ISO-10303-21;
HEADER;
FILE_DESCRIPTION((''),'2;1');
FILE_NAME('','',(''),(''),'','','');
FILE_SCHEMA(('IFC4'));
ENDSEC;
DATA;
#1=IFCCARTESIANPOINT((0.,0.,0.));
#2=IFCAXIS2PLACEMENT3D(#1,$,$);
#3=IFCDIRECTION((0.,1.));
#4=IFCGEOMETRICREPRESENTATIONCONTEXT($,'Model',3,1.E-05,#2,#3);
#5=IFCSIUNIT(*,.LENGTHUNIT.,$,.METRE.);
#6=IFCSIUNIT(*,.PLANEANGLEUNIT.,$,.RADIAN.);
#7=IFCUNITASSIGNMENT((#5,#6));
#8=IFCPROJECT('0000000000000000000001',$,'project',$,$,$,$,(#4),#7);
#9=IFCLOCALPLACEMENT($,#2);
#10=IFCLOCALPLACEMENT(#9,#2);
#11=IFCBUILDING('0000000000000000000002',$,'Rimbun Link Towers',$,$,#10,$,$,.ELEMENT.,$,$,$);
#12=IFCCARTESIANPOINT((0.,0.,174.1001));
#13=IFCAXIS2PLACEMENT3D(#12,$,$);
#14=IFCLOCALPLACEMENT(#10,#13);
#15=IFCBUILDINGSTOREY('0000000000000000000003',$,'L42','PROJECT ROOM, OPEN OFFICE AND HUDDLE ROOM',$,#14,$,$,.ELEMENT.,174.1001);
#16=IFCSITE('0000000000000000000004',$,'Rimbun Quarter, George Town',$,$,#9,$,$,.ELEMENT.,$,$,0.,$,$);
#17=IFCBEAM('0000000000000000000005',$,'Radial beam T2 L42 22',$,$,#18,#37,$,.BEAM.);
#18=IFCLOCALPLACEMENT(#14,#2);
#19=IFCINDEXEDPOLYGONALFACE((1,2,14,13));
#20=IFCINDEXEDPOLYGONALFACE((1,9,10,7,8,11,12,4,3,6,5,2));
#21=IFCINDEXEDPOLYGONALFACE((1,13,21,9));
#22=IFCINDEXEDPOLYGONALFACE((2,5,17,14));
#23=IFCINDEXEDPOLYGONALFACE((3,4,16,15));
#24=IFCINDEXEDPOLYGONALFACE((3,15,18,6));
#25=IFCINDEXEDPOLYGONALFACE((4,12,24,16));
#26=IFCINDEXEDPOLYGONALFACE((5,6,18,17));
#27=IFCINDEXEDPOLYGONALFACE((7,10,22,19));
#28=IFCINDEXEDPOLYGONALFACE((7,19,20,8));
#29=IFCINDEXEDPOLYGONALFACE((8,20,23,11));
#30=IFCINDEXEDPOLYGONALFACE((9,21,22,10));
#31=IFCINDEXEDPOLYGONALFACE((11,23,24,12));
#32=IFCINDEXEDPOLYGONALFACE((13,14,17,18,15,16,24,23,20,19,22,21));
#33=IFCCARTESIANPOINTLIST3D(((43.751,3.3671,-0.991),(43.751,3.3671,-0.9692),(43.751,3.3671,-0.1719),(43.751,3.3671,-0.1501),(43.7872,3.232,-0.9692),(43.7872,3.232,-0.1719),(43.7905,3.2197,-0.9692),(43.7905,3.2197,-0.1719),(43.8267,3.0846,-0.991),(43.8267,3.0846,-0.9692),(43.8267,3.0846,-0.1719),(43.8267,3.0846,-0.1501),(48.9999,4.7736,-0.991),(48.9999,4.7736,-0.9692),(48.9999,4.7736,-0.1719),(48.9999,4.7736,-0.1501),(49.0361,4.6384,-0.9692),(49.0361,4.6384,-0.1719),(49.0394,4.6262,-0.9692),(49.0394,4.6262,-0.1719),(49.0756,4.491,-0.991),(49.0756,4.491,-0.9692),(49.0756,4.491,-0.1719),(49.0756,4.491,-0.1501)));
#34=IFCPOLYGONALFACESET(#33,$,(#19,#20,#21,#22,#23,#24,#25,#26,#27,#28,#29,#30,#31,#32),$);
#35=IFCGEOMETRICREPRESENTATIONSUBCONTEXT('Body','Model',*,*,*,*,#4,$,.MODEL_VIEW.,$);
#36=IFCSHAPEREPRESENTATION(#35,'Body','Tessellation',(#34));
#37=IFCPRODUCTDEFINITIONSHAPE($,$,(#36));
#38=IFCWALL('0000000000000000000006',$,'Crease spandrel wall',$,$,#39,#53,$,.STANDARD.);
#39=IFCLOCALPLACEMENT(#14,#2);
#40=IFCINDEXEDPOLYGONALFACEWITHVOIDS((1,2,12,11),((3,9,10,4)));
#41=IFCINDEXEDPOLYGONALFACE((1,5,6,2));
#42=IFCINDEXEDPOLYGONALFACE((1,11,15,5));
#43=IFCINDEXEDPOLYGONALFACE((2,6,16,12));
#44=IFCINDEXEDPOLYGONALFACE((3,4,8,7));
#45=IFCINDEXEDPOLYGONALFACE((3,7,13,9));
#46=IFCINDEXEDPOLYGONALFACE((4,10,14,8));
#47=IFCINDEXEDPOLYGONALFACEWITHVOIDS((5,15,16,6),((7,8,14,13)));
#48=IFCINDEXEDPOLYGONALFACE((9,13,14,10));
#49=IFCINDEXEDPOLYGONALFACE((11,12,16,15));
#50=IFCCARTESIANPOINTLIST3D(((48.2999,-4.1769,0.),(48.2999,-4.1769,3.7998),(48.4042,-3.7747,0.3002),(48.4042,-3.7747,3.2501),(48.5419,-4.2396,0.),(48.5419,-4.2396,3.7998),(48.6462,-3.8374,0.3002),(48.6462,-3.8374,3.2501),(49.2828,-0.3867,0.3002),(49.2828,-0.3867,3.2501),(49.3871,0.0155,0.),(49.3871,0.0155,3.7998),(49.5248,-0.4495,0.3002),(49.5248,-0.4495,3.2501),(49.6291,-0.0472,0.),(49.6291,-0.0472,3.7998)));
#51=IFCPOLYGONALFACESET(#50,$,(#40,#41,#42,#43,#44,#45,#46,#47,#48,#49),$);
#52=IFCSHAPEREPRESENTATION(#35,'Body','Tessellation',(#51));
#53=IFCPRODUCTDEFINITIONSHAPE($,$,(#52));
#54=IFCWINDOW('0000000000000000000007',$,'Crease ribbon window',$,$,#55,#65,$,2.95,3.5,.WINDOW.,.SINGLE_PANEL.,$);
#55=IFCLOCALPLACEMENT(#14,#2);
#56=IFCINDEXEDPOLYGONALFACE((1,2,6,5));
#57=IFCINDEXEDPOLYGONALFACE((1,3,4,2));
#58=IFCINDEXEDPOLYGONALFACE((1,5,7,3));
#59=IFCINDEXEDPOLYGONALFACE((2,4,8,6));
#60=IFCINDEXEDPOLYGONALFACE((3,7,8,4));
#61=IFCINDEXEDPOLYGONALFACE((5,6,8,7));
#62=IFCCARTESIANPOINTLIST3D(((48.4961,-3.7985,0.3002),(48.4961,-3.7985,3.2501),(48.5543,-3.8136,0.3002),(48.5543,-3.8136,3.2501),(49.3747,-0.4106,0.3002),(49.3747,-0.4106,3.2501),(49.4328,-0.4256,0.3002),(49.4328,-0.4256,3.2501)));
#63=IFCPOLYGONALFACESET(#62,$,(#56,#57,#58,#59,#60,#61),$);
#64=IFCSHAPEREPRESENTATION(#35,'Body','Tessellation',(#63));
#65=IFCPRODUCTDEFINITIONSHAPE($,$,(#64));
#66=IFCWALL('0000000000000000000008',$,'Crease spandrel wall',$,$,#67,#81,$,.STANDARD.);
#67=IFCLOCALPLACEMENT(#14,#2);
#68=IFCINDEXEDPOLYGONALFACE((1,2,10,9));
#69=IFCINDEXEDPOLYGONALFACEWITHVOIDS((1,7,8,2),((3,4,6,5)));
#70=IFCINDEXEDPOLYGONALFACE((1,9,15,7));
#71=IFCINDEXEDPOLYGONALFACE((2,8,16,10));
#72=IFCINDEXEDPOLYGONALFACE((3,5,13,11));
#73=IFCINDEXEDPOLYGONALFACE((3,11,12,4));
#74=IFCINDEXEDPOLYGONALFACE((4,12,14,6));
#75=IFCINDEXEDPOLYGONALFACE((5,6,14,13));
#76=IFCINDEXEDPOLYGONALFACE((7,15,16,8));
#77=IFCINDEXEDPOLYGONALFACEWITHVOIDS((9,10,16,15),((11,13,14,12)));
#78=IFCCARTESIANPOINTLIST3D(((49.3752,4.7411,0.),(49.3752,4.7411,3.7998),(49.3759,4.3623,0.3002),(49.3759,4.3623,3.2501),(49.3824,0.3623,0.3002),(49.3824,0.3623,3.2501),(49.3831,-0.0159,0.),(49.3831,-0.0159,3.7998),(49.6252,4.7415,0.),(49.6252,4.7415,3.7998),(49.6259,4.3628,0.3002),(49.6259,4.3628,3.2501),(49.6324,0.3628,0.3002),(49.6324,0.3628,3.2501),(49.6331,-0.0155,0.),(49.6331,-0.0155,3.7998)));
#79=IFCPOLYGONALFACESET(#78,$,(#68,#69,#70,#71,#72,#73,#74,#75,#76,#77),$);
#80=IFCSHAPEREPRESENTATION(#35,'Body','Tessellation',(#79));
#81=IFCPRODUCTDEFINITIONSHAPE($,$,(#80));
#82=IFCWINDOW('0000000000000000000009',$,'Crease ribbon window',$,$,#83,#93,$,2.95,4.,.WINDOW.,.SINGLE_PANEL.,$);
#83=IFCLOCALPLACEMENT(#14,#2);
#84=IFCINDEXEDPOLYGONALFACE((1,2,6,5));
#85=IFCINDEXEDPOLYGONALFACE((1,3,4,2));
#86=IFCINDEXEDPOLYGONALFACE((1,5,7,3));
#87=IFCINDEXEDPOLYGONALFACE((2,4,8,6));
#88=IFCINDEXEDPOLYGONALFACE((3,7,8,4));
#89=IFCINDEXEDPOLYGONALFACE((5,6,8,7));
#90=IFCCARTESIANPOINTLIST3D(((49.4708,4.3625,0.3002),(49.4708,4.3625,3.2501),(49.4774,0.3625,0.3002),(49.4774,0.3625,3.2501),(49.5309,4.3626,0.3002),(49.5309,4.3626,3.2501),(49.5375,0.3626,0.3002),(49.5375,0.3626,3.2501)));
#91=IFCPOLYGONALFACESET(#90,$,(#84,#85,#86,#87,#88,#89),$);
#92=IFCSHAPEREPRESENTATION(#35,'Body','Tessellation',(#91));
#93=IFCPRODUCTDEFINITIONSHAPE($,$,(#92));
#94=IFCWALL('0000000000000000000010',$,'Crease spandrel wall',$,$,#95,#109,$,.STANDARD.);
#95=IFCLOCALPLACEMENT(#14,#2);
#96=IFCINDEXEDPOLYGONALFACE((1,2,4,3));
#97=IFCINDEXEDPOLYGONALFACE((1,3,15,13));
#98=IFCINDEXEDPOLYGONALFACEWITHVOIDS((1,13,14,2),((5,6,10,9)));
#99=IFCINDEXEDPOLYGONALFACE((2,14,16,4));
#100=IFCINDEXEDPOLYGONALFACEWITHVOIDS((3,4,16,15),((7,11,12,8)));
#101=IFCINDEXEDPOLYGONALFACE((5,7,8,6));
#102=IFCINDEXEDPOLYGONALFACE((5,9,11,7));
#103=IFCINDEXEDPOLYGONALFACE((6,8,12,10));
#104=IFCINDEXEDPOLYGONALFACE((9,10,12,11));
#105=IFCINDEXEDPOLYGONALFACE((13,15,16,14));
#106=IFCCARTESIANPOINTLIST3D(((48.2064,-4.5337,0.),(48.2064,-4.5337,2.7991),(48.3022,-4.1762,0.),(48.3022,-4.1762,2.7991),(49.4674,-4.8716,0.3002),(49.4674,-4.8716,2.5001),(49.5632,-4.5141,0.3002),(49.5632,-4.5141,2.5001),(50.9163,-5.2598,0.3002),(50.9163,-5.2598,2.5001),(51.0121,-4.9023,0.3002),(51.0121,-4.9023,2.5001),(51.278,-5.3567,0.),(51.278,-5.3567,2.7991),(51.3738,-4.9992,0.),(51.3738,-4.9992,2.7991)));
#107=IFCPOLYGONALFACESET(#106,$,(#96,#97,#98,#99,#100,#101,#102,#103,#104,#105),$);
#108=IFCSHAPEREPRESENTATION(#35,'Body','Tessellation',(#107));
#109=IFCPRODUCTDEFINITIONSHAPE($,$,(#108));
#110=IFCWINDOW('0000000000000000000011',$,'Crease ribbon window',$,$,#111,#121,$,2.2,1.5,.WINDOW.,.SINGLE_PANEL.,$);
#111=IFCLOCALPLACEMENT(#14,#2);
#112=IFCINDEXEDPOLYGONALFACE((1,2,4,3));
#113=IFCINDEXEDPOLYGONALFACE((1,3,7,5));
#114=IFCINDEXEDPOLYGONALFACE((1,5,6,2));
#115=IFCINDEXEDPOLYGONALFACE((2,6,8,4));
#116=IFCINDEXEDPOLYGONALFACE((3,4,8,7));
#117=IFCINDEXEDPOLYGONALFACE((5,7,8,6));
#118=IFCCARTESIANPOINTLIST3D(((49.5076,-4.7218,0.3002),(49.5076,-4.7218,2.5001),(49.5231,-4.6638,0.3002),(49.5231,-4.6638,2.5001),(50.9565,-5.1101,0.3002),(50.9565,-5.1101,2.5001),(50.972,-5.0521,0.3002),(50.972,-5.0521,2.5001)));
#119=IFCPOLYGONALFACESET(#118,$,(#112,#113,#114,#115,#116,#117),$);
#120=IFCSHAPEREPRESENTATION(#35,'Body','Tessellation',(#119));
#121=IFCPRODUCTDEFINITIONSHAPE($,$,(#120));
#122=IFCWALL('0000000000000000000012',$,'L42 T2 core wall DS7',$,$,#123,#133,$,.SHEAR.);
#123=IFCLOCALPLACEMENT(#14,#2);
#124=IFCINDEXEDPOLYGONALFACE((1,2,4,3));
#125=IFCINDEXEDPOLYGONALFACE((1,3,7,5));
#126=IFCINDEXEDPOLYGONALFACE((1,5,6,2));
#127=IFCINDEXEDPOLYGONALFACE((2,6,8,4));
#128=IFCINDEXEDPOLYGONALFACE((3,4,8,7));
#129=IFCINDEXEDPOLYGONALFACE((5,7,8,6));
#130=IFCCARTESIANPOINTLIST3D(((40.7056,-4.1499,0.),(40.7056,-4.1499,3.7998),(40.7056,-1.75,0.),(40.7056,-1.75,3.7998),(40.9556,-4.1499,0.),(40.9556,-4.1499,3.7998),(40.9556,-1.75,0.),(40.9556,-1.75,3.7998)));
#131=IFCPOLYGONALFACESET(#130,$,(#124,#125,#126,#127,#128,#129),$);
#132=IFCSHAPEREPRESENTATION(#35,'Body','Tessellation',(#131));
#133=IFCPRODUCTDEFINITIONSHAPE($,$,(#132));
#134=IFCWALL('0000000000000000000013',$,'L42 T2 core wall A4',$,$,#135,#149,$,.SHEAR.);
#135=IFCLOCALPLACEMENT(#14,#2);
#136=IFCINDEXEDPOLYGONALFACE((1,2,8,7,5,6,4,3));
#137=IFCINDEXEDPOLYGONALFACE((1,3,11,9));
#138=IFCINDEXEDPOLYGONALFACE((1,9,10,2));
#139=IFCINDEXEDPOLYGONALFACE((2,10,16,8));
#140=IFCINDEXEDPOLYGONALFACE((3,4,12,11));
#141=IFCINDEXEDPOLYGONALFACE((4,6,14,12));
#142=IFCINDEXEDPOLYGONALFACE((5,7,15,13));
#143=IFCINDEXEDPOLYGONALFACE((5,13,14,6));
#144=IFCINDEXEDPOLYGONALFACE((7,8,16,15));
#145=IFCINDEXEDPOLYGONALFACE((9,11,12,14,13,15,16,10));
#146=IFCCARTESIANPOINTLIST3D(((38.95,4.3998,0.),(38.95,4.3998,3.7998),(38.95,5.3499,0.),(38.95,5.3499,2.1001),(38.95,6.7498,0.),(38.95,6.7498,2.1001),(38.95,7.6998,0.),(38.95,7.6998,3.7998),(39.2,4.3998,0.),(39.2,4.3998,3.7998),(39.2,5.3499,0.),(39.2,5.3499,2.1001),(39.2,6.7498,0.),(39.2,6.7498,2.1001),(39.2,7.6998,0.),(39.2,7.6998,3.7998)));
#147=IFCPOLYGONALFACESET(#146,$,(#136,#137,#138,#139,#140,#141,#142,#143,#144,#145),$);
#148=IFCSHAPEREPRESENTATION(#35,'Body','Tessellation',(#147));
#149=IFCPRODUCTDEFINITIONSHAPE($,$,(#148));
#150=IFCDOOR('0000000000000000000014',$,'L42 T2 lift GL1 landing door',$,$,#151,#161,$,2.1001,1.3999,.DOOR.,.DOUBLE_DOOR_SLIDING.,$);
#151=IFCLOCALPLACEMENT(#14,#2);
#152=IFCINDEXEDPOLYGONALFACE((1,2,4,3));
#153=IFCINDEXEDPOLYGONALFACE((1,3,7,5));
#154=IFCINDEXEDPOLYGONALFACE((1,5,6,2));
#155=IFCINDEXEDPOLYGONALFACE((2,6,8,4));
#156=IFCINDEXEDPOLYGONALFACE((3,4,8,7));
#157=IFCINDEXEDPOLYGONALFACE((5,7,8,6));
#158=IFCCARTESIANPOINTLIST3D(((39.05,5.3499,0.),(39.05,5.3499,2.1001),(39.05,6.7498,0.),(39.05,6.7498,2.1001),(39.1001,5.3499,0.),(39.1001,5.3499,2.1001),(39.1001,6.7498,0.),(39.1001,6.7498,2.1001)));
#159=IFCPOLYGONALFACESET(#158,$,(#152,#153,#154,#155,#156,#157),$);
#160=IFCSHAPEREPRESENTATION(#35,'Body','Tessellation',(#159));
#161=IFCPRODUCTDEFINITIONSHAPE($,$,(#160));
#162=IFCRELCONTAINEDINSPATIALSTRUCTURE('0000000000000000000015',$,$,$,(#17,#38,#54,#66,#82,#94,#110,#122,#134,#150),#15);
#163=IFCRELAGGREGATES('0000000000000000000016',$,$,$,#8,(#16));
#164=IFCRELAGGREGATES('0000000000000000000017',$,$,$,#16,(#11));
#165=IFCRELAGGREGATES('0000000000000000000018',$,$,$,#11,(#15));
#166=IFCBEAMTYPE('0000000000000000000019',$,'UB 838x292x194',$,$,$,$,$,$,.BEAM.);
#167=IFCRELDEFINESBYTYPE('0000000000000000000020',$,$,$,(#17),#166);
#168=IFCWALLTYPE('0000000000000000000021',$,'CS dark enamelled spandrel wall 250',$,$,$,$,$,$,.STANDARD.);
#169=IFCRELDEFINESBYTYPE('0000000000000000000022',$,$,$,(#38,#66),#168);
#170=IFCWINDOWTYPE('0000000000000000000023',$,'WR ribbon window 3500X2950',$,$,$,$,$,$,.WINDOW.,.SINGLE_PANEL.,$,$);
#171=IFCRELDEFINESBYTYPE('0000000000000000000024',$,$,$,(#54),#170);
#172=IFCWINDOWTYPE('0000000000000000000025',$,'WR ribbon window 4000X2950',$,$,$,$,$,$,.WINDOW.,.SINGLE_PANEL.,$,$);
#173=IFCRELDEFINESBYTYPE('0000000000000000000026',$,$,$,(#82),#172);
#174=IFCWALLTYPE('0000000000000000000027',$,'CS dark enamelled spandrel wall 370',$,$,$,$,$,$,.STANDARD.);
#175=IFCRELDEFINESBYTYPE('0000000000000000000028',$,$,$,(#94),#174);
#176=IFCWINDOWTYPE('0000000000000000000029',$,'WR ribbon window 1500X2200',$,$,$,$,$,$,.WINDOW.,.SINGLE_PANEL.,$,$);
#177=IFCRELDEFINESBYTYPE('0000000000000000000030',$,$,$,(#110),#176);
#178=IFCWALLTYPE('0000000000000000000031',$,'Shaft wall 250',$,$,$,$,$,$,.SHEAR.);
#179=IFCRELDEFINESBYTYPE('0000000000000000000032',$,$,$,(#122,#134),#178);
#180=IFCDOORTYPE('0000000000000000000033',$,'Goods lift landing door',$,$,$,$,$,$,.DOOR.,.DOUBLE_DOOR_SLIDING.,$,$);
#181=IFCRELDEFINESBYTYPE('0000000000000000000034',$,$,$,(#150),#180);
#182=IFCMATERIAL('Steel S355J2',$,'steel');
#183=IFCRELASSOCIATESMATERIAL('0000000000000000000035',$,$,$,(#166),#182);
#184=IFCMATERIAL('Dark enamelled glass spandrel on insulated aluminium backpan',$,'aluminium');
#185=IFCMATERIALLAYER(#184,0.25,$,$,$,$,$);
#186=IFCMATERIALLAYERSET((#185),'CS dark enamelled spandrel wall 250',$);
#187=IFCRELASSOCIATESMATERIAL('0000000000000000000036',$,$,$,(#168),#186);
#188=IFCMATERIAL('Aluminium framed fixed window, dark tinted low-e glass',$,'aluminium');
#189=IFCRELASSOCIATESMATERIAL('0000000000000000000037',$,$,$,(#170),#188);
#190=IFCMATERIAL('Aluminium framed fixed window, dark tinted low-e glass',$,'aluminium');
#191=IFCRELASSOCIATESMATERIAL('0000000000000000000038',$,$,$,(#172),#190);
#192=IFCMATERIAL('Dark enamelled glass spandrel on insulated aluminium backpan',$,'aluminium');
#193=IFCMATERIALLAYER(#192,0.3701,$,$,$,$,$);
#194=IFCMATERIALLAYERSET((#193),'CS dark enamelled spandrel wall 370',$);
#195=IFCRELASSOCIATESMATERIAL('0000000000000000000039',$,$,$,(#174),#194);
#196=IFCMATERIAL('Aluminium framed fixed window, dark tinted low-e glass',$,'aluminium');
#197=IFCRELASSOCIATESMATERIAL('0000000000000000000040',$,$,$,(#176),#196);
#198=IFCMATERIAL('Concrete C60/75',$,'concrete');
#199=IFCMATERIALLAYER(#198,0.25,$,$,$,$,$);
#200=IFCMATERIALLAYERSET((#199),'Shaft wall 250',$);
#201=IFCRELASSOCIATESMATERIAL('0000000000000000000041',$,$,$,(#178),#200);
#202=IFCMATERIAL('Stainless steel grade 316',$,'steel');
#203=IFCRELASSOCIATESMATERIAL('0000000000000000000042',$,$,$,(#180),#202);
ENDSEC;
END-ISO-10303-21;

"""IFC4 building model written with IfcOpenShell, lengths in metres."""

from ifc_helpers import new_model, si_unit, direction, frame, frame_2d, origin, origin_2d, place, context, subcontext, project, spatial, rectangle, i_section, extrude, material, layer, layer_set, material_profile, profile_set, type_object, element, fill, save


model = new_model("IFC4")

# Units and contexts
model_context = context("Model", 3, precision=1e-05, world=origin(), true_north=direction((0.0, 1.0)))
body_context = subcontext(model_context, "Body", "Model", "MODEL_VIEW")
ifc_project = project(units=[si_unit("LENGTHUNIT", "METRE"), si_unit("PLANEANGLEUNIT", "RADIAN")], contexts=[model_context])

# Site, building, storey
site_placement = place(None, origin())
site = spatial("IfcSite", under=ifc_project, at=site_placement, Name="Rimbun Quarter, George Town", CompositionType="ELEMENT", RefElevation=0.0)
building_placement = place(site_placement, origin())
building = spatial("IfcBuilding", under=site, at=building_placement, Name="Rimbun Link Towers", CompositionType="ELEMENT")
storey_placement = place(building_placement, frame((0.0, 0.0, 174.1001)))
storey = spatial("IfcBuildingStorey", under=building, at=storey_placement, Name="L42", Description="PROJECT ROOM, OPEN OFFICE AND HUDDLE ROOM", CompositionType="ELEMENT", Elevation=174.1001)

# Beam
ifc_material_1 = material(Name="Steel S355J2", Category="steel")
ifc_material_profile_1 = material_profile(ifc_material_1, i_section(OverallWidth=0.2925, OverallDepth=0.8408, WebThickness=0.0127, FlangeThickness=0.0217, at=origin_2d()), Name="UB 838x292x194")
ifc_profile_set_1 = profile_set([ifc_material_profile_1], Name="Steel S355J2")
beam_type_1 = type_object("IfcBeamType", Name="UB 838x292x194", PredefinedType="BEAM", material=ifc_profile_set_1)
beam_1_placement = place(storey_placement, frame((43.7888, 3.2258, -0.5706), z_axis=(0.965925, 0.258823, 0.0), x_axis=(-0.258823, 0.965925, 0.0)))
element("IfcBeam", 1, at=beam_1_placement, inside=storey, type_object=beam_type_1, Name="Radial beam T2 L42 22", PredefinedType="BEAM", context=body_context, shape_type="SweptSolid", body=[
    extrude(i_section(OverallWidth=0.2925, OverallDepth=0.8408, WebThickness=0.0127, FlangeThickness=0.0217, at=origin_2d()), origin(), (0.0, 0.0, 1.0), 5.4341),
])

# Walls, openings, windows
ifc_material_2 = material(Name="Dark enamelled glass spandrel on insulated aluminium backpan", Category="aluminium")
ifc_layer_1 = layer(ifc_material_2, 0.25)
ifc_layer_set_1 = layer_set([ifc_layer_1], Name="CS dark enamelled spandrel wall 250")
wall_type_1 = type_object("IfcWallType", Name="CS dark enamelled spandrel wall 250", PredefinedType="STANDARD", material=ifc_layer_set_1)
wall_1_placement = place(storey_placement, frame((49.5081, -0.0159, 0.0), z_axis=(0.0, 0.0, 1.0), x_axis=(-0.251015, -0.967983, 0.0)))
wall_1 = element("IfcWall", 2, at=wall_1_placement, inside=storey, type_object=wall_type_1, Name="Crease spandrel wall", PredefinedType="STANDARD", context=body_context, shape_type="SweptSolid", body=[
    extrude(rectangle(XDim=4.3311, YDim=0.25, at=frame_2d((2.1655, 0.0))), origin(), (0.0, 0.0, 1.0), 3.7998),
])
opening_1_placement = place(wall_1_placement, frame((0.4155, 0.0, 0.3)))
opening_1 = element("IfcOpeningElement", 3, at=opening_1_placement, cuts=wall_1, PredefinedType="OPENING", context=body_context, shape_type="SweptSolid", body=[
    extrude(rectangle(XDim=3.5, YDim=2.95, at=frame_2d((1.75, 1.4751))), frame((0.0, 0.135, 0.0), z_axis=(0.0, -1.0, 0.0), x_axis=(1.0, 0.0, 0.0)), (0.0, 0.0, 1.0), 0.27),
])
ifc_material_3 = material(Name="Aluminium framed fixed window, dark tinted low-e glass", Category="aluminium")
window_type_1 = type_object("IfcWindowType", Name="WR ribbon window 3500X2950", PartitioningType="SINGLE_PANEL", PredefinedType="WINDOW", material=ifc_material_3)
window_1_placement = place(opening_1_placement, origin())
window_1 = element("IfcWindow", 4, at=window_1_placement, inside=storey, type_object=window_type_1, Name="Crease ribbon window", OverallHeight=2.95, OverallWidth=3.5, PartitioningType="SINGLE_PANEL", PredefinedType="WINDOW", context=body_context, shape_type="SweptSolid", body=[
    extrude(rectangle(XDim=3.5, YDim=2.95, at=frame_2d((1.75, 1.4751))), frame((0.0, 0.03, 0.0), z_axis=(0.0, -1.0, 0.0), x_axis=(1.0, 0.0, 0.0)), (0.0, 0.0, 1.0), 0.0601),
])
fill(opening_1, window_1)
wall_2_placement = place(storey_placement, frame((49.5002, 4.7412, 0.0), z_axis=(0.0, 0.0, 1.0), x_axis=(0.001642, -0.999999, 0.0)))
wall_2 = element("IfcWall", 5, at=wall_2_placement, inside=storey, type_object=wall_type_1, Name="Crease spandrel wall", PredefinedType="STANDARD", context=body_context, shape_type="SweptSolid", body=[
    extrude(rectangle(XDim=4.7571, YDim=0.25, at=frame_2d((2.3784, 0.0))), origin(), (0.0, 0.0, 1.0), 3.7998),
])
opening_2_placement = place(wall_2_placement, frame((0.3787, 0.0, 0.3)))
opening_2 = element("IfcOpeningElement", 6, at=opening_2_placement, cuts=wall_2, PredefinedType="OPENING", context=body_context, shape_type="SweptSolid", body=[
    extrude(rectangle(XDim=4.0, YDim=2.95, at=frame_2d((2.0, 1.4751))), frame((0.0, 0.135, 0.0), z_axis=(0.0, -1.0, 0.0), x_axis=(1.0, 0.0, 0.0)), (0.0, 0.0, 1.0), 0.27),
])
ifc_material_4 = material(Name="Aluminium framed fixed window, dark tinted low-e glass", Category="aluminium")
window_type_2 = type_object("IfcWindowType", Name="WR ribbon window 4000X2950", PartitioningType="SINGLE_PANEL", PredefinedType="WINDOW", material=ifc_material_4)
window_2_placement = place(opening_2_placement, origin())
window_2 = element("IfcWindow", 7, at=window_2_placement, inside=storey, type_object=window_type_2, Name="Crease ribbon window", OverallHeight=2.95, OverallWidth=4.0, PartitioningType="SINGLE_PANEL", PredefinedType="WINDOW", context=body_context, shape_type="SweptSolid", body=[
    extrude(rectangle(XDim=4.0, YDim=2.95, at=frame_2d((2.0, 1.4751))), frame((0.0, 0.03, 0.0), z_axis=(0.0, -1.0, 0.0), x_axis=(1.0, 0.0, 0.0)), (0.0, 0.0, 1.0), 0.0601),
])
fill(opening_2, window_2)
ifc_material_5 = material(Name="Dark enamelled glass spandrel on insulated aluminium backpan", Category="aluminium")
ifc_layer_2 = layer(ifc_material_5, 0.3701)
ifc_layer_set_2 = layer_set([ifc_layer_2], Name="CS dark enamelled spandrel wall 370")
wall_type_2 = type_object("IfcWallType", Name="CS dark enamelled spandrel wall 370", PredefinedType="STANDARD", material=ifc_layer_set_2)
wall_3_placement = place(storey_placement, frame((48.2544, -4.355, 0.0), z_axis=(0.0, 0.0, 1.0), x_axis=(0.965927, -0.258814, 0.0)))
wall_3 = element("IfcWall", 8, at=wall_3_placement, inside=storey, type_object=wall_type_2, Name="Crease spandrel wall", PredefinedType="STANDARD", context=body_context, shape_type="SweptSolid", body=[
    extrude(rectangle(XDim=3.1799, YDim=0.3701, at=frame_2d((1.5898, 0.0))), origin(), (0.0, 0.0, 1.0), 2.7991),
])
opening_3_placement = place(wall_3_placement, frame((1.3054, 0.0, 0.3)))
opening_3 = element("IfcOpeningElement", 9, at=opening_3_placement, cuts=wall_3, PredefinedType="OPENING", context=body_context, shape_type="SweptSolid", body=[
    extrude(rectangle(XDim=1.5, YDim=2.2, at=frame_2d((0.75, 1.1001))), frame((0.0, 0.1951, 0.0), z_axis=(0.0, -1.0, 0.0), x_axis=(1.0, 0.0, 0.0)), (0.0, 0.0, 1.0), 0.3901),
])
ifc_material_6 = material(Name="Aluminium framed fixed window, dark tinted low-e glass", Category="aluminium")
window_type_3 = type_object("IfcWindowType", Name="WR ribbon window 1500X2200", PartitioningType="SINGLE_PANEL", PredefinedType="WINDOW", material=ifc_material_6)
window_3_placement = place(opening_3_placement, origin())
window_3 = element("IfcWindow", 10, at=window_3_placement, inside=storey, type_object=window_type_3, Name="Crease ribbon window", OverallHeight=2.2, OverallWidth=1.5, PartitioningType="SINGLE_PANEL", PredefinedType="WINDOW", context=body_context, shape_type="SweptSolid", body=[
    extrude(rectangle(XDim=1.5, YDim=2.2, at=frame_2d((0.75, 1.1001))), frame((0.0, 0.03, 0.0), z_axis=(0.0, -1.0, 0.0), x_axis=(1.0, 0.0, 0.0)), (0.0, 0.0, 1.0), 0.0601),
])
fill(opening_3, window_3)

# Wall
ifc_material_7 = material(Name="Concrete C60/75", Category="concrete")
ifc_layer_3 = layer(ifc_material_7, 0.25)
ifc_layer_set_3 = layer_set([ifc_layer_3], Name="Shaft wall 250")
wall_type_3 = type_object("IfcWallType", Name="Shaft wall 250", PredefinedType="SHEAR", material=ifc_layer_set_3)
wall_4_placement = place(storey_placement, frame((40.8306, -4.1499, 0.0), z_axis=(0.0, 0.0, 1.0), x_axis=(0.0, 1.0, 0.0)))
element("IfcWall", 11, at=wall_4_placement, inside=storey, type_object=wall_type_3, Name="L42 T2 core wall DS7", PredefinedType="SHEAR", context=body_context, shape_type="SweptSolid", body=[
    extrude(rectangle(XDim=2.3999, YDim=0.25, at=frame_2d((1.2, 0.0))), origin(), (0.0, 0.0, 1.0), 3.7998),
])

# Wall, opening, door
wall_5_placement = place(storey_placement, frame((39.075, 4.3999, 0.0), z_axis=(0.0, 0.0, 1.0), x_axis=(0.0, 1.0, 0.0)))
wall_5 = element("IfcWall", 12, at=wall_5_placement, inside=storey, type_object=wall_type_3, Name="L42 T2 core wall A4", PredefinedType="SHEAR", context=body_context, shape_type="SweptSolid", body=[
    extrude(rectangle(XDim=3.3, YDim=0.25, at=frame_2d((1.6499, 0.0))), origin(), (0.0, 0.0, 1.0), 3.7998),
])
opening_4_placement = place(wall_5_placement, frame((0.95, 0.0, 0.0)))
opening_4 = element("IfcOpeningElement", 13, at=opening_4_placement, cuts=wall_5, PredefinedType="OPENING", context=body_context, shape_type="SweptSolid", body=[
    extrude(rectangle(XDim=1.3999, YDim=2.1001, at=frame_2d((0.7, 1.05))), frame((0.0, 0.135, 0.0), z_axis=(0.0, -1.0, 0.0), x_axis=(1.0, 0.0, 0.0)), (0.0, 0.0, 1.0), 0.27),
])
ifc_material_8 = material(Name="Stainless steel grade 316", Category="steel")
door_type = type_object("IfcDoorType", Name="Goods lift landing door", OperationType="DOUBLE_DOOR_SLIDING", PredefinedType="DOOR", material=ifc_material_8)
door_placement = place(opening_4_placement, origin())
door = element("IfcDoor", 14, at=door_placement, inside=storey, type_object=door_type, Name="L42 T2 lift GL1 landing door", OperationType="DOUBLE_DOOR_SLIDING", OverallHeight=2.1001, OverallWidth=1.3999, PredefinedType="DOOR", context=body_context, shape_type="SweptSolid", body=[
    extrude(rectangle(XDim=1.3999, YDim=2.1001, at=frame_2d((0.7, 1.05))), frame((0.0, 0.0249, 0.0), z_axis=(0.0, -1.0, 0.0), x_axis=(1.0, 0.0, 0.0)), (0.0, 0.0, 1.0), 0.05),
])
fill(opening_4, door)

save(model, "model.ifc")
